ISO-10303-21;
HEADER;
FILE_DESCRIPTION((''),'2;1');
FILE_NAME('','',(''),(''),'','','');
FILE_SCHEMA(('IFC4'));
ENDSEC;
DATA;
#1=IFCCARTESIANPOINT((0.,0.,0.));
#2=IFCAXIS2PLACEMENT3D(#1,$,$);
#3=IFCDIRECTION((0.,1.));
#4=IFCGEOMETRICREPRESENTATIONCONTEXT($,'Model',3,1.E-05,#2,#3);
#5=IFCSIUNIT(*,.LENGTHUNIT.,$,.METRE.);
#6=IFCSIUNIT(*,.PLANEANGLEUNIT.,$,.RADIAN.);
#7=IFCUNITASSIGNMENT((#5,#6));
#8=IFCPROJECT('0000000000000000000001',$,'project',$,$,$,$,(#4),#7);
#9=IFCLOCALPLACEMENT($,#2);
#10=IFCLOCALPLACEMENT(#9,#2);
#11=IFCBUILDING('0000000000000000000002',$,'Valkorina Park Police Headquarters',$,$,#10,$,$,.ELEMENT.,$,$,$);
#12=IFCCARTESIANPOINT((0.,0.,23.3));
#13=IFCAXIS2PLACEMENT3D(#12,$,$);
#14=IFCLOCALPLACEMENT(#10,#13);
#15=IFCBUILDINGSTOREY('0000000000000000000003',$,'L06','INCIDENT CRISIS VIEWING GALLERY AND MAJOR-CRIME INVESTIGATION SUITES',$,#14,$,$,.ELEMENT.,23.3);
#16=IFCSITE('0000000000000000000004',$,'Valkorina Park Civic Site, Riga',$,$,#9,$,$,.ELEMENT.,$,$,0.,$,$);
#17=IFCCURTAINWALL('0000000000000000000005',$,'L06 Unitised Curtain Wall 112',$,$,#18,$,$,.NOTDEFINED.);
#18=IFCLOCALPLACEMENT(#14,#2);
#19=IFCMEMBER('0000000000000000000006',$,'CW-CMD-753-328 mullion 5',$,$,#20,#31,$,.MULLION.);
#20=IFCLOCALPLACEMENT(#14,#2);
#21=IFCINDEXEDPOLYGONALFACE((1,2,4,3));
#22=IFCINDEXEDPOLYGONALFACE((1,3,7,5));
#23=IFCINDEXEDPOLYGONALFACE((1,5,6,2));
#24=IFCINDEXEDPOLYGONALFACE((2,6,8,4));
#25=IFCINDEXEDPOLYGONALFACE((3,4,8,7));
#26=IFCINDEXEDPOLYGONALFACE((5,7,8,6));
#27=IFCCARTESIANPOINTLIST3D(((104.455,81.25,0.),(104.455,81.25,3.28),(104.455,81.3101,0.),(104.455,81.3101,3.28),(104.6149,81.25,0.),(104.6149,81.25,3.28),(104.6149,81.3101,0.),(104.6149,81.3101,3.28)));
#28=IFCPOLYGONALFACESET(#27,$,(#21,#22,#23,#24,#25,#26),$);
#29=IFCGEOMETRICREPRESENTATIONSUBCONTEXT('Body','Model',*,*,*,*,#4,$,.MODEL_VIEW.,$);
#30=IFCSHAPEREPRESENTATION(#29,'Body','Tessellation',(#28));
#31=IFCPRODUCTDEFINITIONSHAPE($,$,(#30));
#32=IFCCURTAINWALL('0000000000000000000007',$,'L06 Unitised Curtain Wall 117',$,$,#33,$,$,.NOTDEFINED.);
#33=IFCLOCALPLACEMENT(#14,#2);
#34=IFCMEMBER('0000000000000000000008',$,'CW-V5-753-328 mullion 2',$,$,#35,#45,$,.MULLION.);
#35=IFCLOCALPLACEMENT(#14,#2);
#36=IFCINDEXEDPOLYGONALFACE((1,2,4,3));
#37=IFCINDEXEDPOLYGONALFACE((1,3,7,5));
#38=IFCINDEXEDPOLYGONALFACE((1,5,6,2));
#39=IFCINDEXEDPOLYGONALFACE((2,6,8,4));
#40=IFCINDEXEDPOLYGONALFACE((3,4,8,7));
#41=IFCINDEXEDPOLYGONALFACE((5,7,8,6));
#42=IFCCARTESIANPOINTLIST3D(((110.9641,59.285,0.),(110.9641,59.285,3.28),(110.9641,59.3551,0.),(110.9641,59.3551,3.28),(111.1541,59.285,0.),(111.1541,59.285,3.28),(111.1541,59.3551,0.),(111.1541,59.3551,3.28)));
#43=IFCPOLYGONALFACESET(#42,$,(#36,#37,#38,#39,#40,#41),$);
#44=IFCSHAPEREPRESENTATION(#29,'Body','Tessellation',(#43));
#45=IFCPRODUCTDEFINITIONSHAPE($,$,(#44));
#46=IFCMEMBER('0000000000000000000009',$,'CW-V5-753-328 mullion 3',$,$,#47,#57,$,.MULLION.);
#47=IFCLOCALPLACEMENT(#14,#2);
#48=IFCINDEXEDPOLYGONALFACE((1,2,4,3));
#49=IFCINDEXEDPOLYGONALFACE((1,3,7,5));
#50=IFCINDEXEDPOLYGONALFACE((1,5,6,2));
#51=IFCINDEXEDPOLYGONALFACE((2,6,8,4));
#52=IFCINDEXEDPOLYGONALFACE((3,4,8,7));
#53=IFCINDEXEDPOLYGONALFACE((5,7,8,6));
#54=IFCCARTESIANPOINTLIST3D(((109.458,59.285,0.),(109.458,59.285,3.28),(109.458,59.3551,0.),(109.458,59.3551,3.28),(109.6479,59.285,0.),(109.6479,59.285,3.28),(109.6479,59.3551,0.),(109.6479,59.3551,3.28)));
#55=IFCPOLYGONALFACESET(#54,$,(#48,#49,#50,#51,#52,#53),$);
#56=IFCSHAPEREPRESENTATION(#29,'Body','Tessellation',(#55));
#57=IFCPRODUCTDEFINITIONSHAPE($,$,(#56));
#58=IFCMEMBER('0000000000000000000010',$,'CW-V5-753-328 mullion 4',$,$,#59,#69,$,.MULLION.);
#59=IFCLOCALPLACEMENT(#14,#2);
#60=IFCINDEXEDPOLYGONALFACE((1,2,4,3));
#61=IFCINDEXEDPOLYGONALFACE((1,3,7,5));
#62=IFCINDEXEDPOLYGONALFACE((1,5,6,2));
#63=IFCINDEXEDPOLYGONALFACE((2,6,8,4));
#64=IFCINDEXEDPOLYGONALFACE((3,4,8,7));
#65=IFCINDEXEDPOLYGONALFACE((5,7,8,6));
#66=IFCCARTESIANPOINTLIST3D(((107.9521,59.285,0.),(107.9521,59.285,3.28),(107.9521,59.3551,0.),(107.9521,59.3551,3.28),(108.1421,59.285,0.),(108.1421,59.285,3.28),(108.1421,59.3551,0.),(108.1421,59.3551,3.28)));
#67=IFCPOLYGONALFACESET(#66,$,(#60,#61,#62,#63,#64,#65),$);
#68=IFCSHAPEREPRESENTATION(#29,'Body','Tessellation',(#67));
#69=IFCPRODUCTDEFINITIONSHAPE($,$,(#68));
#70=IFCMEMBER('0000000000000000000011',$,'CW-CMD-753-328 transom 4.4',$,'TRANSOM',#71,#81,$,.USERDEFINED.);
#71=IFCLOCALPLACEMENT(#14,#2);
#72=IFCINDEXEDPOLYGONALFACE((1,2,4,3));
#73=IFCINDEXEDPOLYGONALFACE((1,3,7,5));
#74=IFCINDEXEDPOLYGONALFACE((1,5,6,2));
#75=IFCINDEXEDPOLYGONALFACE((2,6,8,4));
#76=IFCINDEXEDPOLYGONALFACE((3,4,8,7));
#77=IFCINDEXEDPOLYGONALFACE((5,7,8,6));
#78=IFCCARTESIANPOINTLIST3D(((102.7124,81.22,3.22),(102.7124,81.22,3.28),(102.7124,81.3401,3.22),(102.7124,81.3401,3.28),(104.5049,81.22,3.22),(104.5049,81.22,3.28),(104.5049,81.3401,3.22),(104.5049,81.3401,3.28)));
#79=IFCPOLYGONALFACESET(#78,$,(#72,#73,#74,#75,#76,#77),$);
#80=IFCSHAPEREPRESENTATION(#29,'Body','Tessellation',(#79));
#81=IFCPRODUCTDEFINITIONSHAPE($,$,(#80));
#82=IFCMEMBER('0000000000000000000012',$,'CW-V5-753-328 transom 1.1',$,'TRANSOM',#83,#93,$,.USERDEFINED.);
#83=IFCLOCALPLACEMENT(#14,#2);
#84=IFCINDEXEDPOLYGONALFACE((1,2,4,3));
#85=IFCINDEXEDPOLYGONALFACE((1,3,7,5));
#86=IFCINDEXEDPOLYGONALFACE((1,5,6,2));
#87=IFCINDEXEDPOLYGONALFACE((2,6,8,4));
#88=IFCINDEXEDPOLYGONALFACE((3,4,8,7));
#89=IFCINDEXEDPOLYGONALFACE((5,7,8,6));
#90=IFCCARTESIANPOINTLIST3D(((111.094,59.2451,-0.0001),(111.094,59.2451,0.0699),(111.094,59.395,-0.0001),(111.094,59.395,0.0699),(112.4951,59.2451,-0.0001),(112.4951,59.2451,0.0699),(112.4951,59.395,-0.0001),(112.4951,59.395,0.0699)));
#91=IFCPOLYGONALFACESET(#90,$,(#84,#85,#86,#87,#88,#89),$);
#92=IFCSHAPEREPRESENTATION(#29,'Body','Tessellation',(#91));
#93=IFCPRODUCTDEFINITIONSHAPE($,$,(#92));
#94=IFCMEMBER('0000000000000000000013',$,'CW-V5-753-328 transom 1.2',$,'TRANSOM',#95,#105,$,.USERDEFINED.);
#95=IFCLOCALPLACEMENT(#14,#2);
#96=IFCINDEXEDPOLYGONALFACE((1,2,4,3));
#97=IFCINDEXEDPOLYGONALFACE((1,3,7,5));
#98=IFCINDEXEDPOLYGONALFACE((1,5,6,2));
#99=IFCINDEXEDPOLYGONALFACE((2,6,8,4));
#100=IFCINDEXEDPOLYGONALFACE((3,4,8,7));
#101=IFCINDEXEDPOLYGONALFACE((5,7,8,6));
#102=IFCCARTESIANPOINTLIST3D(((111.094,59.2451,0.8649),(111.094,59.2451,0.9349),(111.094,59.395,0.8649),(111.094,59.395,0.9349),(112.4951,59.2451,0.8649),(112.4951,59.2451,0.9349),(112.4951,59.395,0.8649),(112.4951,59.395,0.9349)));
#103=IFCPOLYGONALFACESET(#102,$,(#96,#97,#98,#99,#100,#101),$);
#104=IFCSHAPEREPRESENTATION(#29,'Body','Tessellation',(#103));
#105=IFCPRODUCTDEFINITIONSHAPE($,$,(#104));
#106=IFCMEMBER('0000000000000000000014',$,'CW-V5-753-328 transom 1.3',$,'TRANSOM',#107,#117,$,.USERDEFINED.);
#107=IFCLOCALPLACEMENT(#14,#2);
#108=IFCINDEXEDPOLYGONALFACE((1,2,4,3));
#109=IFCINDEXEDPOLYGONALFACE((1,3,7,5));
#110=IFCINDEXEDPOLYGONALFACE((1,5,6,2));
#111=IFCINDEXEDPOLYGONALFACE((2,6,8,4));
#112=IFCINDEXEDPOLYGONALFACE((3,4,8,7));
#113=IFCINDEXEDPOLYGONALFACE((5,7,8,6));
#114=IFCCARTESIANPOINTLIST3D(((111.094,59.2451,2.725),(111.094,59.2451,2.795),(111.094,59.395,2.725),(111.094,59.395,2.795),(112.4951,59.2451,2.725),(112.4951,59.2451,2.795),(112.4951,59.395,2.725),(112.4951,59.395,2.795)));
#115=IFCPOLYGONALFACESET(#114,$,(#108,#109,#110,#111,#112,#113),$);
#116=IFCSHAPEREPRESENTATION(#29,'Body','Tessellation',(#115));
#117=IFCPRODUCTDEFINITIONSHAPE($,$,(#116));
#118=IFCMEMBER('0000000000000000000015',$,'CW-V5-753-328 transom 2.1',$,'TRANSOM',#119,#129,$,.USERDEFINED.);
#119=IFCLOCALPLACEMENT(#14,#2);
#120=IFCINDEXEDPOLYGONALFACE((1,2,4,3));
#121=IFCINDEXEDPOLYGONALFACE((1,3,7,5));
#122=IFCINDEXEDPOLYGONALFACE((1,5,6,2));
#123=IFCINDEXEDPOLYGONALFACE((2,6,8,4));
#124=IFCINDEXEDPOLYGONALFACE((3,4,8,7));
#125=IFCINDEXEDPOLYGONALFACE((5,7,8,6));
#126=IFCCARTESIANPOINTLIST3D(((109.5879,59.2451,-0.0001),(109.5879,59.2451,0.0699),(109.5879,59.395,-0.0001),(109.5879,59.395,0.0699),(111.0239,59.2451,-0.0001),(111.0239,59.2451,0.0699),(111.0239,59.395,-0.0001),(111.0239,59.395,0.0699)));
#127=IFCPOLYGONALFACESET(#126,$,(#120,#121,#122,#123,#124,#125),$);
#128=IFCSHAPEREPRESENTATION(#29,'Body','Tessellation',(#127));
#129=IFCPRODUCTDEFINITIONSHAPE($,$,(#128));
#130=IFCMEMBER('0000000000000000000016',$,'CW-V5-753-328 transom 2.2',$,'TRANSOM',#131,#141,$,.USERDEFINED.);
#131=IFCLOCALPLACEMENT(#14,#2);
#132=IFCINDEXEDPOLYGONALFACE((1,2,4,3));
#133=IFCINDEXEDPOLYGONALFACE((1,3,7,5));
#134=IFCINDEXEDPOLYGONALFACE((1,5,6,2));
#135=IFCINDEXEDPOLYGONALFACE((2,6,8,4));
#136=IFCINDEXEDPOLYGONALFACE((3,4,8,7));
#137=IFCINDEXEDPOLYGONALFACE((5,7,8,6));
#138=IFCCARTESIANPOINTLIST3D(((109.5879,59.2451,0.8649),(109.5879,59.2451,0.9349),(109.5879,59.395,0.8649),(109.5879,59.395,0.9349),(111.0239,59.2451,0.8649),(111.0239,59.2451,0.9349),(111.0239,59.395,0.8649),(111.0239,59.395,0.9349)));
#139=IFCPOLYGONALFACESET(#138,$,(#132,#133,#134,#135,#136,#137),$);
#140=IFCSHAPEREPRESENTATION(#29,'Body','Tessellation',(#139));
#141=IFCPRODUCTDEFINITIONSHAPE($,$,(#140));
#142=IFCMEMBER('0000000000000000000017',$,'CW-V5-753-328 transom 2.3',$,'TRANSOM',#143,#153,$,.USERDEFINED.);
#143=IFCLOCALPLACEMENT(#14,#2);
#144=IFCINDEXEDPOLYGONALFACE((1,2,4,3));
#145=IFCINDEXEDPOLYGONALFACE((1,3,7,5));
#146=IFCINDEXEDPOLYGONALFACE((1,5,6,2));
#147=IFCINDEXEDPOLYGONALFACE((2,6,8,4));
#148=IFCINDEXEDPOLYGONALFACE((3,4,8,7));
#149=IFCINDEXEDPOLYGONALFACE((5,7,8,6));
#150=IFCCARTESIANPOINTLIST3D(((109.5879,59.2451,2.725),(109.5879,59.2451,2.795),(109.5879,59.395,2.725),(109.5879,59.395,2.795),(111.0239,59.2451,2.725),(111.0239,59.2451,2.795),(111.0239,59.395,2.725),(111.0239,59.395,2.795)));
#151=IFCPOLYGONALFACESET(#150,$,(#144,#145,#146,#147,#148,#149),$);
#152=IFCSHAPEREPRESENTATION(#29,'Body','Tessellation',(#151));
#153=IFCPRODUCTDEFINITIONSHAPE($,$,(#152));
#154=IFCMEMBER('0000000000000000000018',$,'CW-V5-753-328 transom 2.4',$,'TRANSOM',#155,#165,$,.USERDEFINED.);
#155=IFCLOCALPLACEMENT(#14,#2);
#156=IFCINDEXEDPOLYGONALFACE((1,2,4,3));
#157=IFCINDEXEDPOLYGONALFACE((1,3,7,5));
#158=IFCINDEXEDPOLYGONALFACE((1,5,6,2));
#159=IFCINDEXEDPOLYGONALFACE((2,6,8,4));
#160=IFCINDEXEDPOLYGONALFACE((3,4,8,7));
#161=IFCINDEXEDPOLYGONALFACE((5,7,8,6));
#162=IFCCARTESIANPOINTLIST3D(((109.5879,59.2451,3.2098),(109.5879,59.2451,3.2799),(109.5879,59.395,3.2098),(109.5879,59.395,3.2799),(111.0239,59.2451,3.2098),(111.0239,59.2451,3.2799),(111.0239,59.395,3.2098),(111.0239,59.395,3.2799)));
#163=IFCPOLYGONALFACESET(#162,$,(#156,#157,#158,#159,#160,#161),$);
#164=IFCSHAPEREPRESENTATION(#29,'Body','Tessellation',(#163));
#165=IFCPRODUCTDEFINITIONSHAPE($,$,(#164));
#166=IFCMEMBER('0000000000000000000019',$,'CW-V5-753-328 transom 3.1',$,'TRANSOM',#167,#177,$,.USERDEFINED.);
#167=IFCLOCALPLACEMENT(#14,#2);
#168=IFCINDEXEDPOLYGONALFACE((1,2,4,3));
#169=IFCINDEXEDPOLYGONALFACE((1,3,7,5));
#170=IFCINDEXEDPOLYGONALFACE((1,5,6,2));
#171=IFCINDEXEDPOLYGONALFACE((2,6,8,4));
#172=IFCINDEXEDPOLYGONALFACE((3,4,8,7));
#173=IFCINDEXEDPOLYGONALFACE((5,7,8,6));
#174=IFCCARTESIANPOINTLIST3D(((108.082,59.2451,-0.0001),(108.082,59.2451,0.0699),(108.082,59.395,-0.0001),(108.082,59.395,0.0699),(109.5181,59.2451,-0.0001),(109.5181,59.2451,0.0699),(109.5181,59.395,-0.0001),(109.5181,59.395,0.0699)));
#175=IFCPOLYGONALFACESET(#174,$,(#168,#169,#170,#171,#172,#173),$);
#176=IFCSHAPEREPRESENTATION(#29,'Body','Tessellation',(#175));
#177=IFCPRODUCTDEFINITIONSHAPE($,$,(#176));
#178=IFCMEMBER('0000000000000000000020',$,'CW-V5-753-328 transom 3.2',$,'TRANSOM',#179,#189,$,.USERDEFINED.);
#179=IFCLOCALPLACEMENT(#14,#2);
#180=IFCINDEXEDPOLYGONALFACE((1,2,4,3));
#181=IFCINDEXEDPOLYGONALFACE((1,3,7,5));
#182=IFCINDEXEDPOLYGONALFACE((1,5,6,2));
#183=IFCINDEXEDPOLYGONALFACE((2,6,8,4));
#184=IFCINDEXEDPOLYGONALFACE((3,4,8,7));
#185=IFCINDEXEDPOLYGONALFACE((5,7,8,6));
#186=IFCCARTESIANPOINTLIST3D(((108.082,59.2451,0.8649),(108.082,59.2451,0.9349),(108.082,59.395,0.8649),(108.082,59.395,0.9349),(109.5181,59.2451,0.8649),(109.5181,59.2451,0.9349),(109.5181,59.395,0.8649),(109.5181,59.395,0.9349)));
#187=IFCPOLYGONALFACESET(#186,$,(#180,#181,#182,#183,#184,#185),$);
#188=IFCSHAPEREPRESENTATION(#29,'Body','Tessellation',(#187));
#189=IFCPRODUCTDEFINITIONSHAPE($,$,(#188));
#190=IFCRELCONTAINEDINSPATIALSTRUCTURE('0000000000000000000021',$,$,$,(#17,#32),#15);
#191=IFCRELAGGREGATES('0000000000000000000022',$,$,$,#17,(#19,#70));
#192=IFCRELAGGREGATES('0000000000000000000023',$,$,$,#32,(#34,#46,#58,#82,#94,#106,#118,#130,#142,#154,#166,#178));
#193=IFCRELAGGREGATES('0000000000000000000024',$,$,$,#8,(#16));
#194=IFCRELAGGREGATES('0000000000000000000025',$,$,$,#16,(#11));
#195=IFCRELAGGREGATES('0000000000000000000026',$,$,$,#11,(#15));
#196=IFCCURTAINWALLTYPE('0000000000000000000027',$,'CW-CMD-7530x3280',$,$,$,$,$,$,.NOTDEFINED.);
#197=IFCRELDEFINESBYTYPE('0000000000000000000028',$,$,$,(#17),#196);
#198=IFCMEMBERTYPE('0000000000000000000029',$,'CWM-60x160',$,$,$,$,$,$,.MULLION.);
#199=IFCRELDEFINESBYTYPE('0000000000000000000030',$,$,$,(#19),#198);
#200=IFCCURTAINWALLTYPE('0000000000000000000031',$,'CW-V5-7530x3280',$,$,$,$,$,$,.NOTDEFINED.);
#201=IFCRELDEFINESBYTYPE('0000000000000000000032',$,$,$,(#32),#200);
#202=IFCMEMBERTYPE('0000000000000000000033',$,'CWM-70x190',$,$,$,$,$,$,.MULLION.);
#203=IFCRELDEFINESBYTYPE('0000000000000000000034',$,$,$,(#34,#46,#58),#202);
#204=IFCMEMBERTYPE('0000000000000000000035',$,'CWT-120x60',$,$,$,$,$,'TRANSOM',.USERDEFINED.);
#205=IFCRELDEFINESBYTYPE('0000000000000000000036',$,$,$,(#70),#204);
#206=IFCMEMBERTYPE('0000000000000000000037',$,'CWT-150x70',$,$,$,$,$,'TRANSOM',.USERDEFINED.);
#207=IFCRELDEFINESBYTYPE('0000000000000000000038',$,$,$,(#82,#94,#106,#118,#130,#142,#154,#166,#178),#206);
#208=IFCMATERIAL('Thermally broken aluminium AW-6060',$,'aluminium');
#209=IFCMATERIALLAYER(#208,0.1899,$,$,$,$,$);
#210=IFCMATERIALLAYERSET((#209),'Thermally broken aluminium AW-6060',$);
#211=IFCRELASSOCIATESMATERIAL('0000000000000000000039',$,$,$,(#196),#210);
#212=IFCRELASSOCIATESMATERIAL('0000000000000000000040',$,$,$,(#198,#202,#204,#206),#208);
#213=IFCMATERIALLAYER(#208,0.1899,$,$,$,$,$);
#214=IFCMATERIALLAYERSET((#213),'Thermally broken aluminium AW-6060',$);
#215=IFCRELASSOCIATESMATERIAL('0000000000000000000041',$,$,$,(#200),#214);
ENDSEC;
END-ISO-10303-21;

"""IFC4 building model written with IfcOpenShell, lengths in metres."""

from ifc_helpers import new_model, si_unit, direction, frame, origin, origin_2d, place, context, subcontext, project, spatial, rectangle, extrude, material, layer, layer_set, material_profile, profile_set, type_object, element, aggregate, save


model = new_model("IFC4")

# Units and contexts
model_context = context("Model", 3, precision=1e-05, world=origin(), true_north=direction((0.0, 1.0)))
body_context = subcontext(model_context, "Body", "Model", "MODEL_VIEW")
ifc_project = project(units=[si_unit("LENGTHUNIT", "METRE"), si_unit("PLANEANGLEUNIT", "RADIAN")], contexts=[model_context])

# Site, building, storey
site_placement = place(None, origin())
site = spatial("IfcSite", under=ifc_project, at=site_placement, Name="Valkorina Park Civic Site, Riga", CompositionType="ELEMENT", RefElevation=0.0)
building_placement = place(site_placement, origin())
building = spatial("IfcBuilding", under=site, at=building_placement, Name="Valkorina Park Police Headquarters", CompositionType="ELEMENT")
storey_placement = place(building_placement, frame((0.0, 0.0, 23.3)))
storey = spatial("IfcBuildingStorey", under=building, at=storey_placement, Name="L06", Description="INCIDENT CRISIS VIEWING GALLERY AND MAJOR-CRIME INVESTIGATION SUITES", CompositionType="ELEMENT", Elevation=23.3)

# Curtain wall, member
ifc_material_1 = material(Name="Thermally broken aluminium AW-6060", Category="aluminium")
ifc_layer_1 = layer(ifc_material_1, 0.1899)
ifc_layer_set_1 = layer_set([ifc_layer_1], Name="Thermally broken aluminium AW-6060")
curtain_wall_type_1 = type_object("IfcCurtainWallType", Name="CW-CMD-7530x3280", PredefinedType="NOTDEFINED", material=ifc_layer_set_1)
curtain_wall_1_placement = place(storey_placement, origin())
curtain_wall_1 = element("IfcCurtainWall", 1, at=curtain_wall_1_placement, inside=storey, type_object=curtain_wall_type_1, Name="L06 Unitised Curtain Wall 112", PredefinedType="NOTDEFINED")
ifc_material_profile_1 = material_profile(ifc_material_1, rectangle(XDim=0.0601, YDim=0.1599, at=origin_2d()), Name="CWM-01 60x160")
ifc_profile_set_1 = profile_set([ifc_material_profile_1], Name="Thermally broken aluminium AW-6060")
member_type_1 = type_object("IfcMemberType", Name="CWM-60x160", PredefinedType="MULLION", material=ifc_profile_set_1)
member_1_placement = place(storey_placement, frame((104.5349, 81.28, 0.0), z_axis=(0.0, 0.0, 1.0), x_axis=(0.0, 1.0, 0.0)))
member_1 = element("IfcMember", 2, at=member_1_placement, type_object=member_type_1, Name="CW-CMD-753-328 mullion 5", PredefinedType="MULLION", context=body_context, shape_type="SweptSolid", body=[
    extrude(rectangle(XDim=0.0601, YDim=0.1599, at=origin_2d()), origin(), (0.0, 0.0, 1.0), 3.28),
])

# Curtain wall, members
ifc_layer_2 = layer(ifc_material_1, 0.1899)
ifc_layer_set_2 = layer_set([ifc_layer_2], Name="Thermally broken aluminium AW-6060")
curtain_wall_type_2 = type_object("IfcCurtainWallType", Name="CW-V5-7530x3280", PredefinedType="NOTDEFINED", material=ifc_layer_set_2)
curtain_wall_2_placement = place(storey_placement, origin())
curtain_wall_2 = element("IfcCurtainWall", 3, at=curtain_wall_2_placement, inside=storey, type_object=curtain_wall_type_2, Name="L06 Unitised Curtain Wall 117", PredefinedType="NOTDEFINED")
ifc_material_profile_2 = material_profile(ifc_material_1, rectangle(XDim=0.0701, YDim=0.1899, at=origin_2d()), Name="CWM-02 70x190")
ifc_profile_set_2 = profile_set([ifc_material_profile_2], Name="Thermally broken aluminium AW-6060")
member_type_2 = type_object("IfcMemberType", Name="CWM-70x190", PredefinedType="MULLION", material=ifc_profile_set_2)
member_2_placement = place(storey_placement, frame((111.0591, 59.3201, 0.0), z_axis=(0.0, 0.0, 1.0), x_axis=(0.0, -1.0, 0.0)))
member_2 = element("IfcMember", 4, at=member_2_placement, type_object=member_type_2, Name="CW-V5-753-328 mullion 2", PredefinedType="MULLION", context=body_context, shape_type="SweptSolid", body=[
    extrude(rectangle(XDim=0.0701, YDim=0.1899, at=origin_2d()), origin(), (0.0, 0.0, 1.0), 3.28),
])
member_3_placement = place(storey_placement, frame((109.553, 59.3201, 0.0), z_axis=(0.0, 0.0, 1.0), x_axis=(0.0, -1.0, 0.0)))
member_3 = element("IfcMember", 5, at=member_3_placement, type_object=member_type_2, Name="CW-V5-753-328 mullion 3", PredefinedType="MULLION", context=body_context, shape_type="SweptSolid", body=[
    extrude(rectangle(XDim=0.0701, YDim=0.1899, at=origin_2d()), origin(), (0.0, 0.0, 1.0), 3.28),
])
member_4_placement = place(storey_placement, frame((108.0471, 59.3201, 0.0), z_axis=(0.0, 0.0, 1.0), x_axis=(0.0, -1.0, 0.0)))
member_4 = element("IfcMember", 6, at=member_4_placement, type_object=member_type_2, Name="CW-V5-753-328 mullion 4", PredefinedType="MULLION", context=body_context, shape_type="SweptSolid", body=[
    extrude(rectangle(XDim=0.0701, YDim=0.1899, at=origin_2d()), origin(), (0.0, 0.0, 1.0), 3.28),
])

# Members
ifc_material_profile_3 = material_profile(ifc_material_1, rectangle(XDim=0.1201, YDim=0.0601, at=origin_2d()), Name="CWT-01 120x60")
ifc_profile_set_3 = profile_set([ifc_material_profile_3], Name="Thermally broken aluminium AW-6060")
member_type_3 = type_object("IfcMemberType", Name="CWT-120x60", ElementType="TRANSOM", PredefinedType="USERDEFINED", material=ifc_profile_set_3)
member_5_placement = place(storey_placement, frame((102.7124, 81.28, 3.25), z_axis=(1.0, 0.0, 0.0), x_axis=(0.0, 1.0, 0.0)))
member_5 = element("IfcMember", 7, at=member_5_placement, type_object=member_type_3, Name="CW-CMD-753-328 transom 4.4", ObjectType="TRANSOM", PredefinedType="USERDEFINED", context=body_context, shape_type="SweptSolid", body=[
    extrude(rectangle(XDim=0.1201, YDim=0.0601, at=origin_2d()), origin(), (0.0, 0.0, 1.0), 1.7925),
])
ifc_material_profile_4 = material_profile(ifc_material_1, rectangle(XDim=0.1499, YDim=0.0701, at=origin_2d()), Name="CWT-02 150x70")
ifc_profile_set_4 = profile_set([ifc_material_profile_4], Name="Thermally broken aluminium AW-6060")
member_type_4 = type_object("IfcMemberType", Name="CWT-150x70", ElementType="TRANSOM", PredefinedType="USERDEFINED", material=ifc_profile_set_4)
member_6_placement = place(storey_placement, frame((112.4951, 59.3201, 0.0349), z_axis=(-1.0, 0.0, 0.0), x_axis=(0.0, -1.0, 0.0)))
member_6 = element("IfcMember", 8, at=member_6_placement, type_object=member_type_4, Name="CW-V5-753-328 transom 1.1", ObjectType="TRANSOM", PredefinedType="USERDEFINED", context=body_context, shape_type="SweptSolid", body=[
    extrude(rectangle(XDim=0.1499, YDim=0.0701, at=origin_2d()), origin(), (0.0, 0.0, 1.0), 1.4011),
])
member_7_placement = place(storey_placement, frame((112.4951, 59.3201, 0.8999), z_axis=(-1.0, 0.0, 0.0), x_axis=(0.0, -1.0, 0.0)))
member_7 = element("IfcMember", 9, at=member_7_placement, type_object=member_type_4, Name="CW-V5-753-328 transom 1.2", ObjectType="TRANSOM", PredefinedType="USERDEFINED", context=body_context, shape_type="SweptSolid", body=[
    extrude(rectangle(XDim=0.1499, YDim=0.0701, at=origin_2d()), origin(), (0.0, 0.0, 1.0), 1.4011),
])
member_8_placement = place(storey_placement, frame((112.4951, 59.3201, 2.76), z_axis=(-1.0, 0.0, 0.0), x_axis=(0.0, -1.0, 0.0)))
member_8 = element("IfcMember", 10, at=member_8_placement, type_object=member_type_4, Name="CW-V5-753-328 transom 1.3", ObjectType="TRANSOM", PredefinedType="USERDEFINED", context=body_context, shape_type="SweptSolid", body=[
    extrude(rectangle(XDim=0.1499, YDim=0.0701, at=origin_2d()), origin(), (0.0, 0.0, 1.0), 1.4011),
])
member_9_placement = place(storey_placement, frame((111.0239, 59.3201, 0.0349), z_axis=(-1.0, 0.0, 0.0), x_axis=(0.0, -1.0, 0.0)))
member_9 = element("IfcMember", 11, at=member_9_placement, type_object=member_type_4, Name="CW-V5-753-328 transom 2.1", ObjectType="TRANSOM", PredefinedType="USERDEFINED", context=body_context, shape_type="SweptSolid", body=[
    extrude(rectangle(XDim=0.1499, YDim=0.0701, at=origin_2d()), origin(), (0.0, 0.0, 1.0), 1.436),
])
member_10_placement = place(storey_placement, frame((111.0239, 59.3201, 0.8999), z_axis=(-1.0, 0.0, 0.0), x_axis=(0.0, -1.0, 0.0)))
member_10 = element("IfcMember", 12, at=member_10_placement, type_object=member_type_4, Name="CW-V5-753-328 transom 2.2", ObjectType="TRANSOM", PredefinedType="USERDEFINED", context=body_context, shape_type="SweptSolid", body=[
    extrude(rectangle(XDim=0.1499, YDim=0.0701, at=origin_2d()), origin(), (0.0, 0.0, 1.0), 1.436),
])
member_11_placement = place(storey_placement, frame((111.0239, 59.3201, 2.76), z_axis=(-1.0, 0.0, 0.0), x_axis=(0.0, -1.0, 0.0)))
member_11 = element("IfcMember", 13, at=member_11_placement, type_object=member_type_4, Name="CW-V5-753-328 transom 2.3", ObjectType="TRANSOM", PredefinedType="USERDEFINED", context=body_context, shape_type="SweptSolid", body=[
    extrude(rectangle(XDim=0.1499, YDim=0.0701, at=origin_2d()), origin(), (0.0, 0.0, 1.0), 1.436),
])
member_12_placement = place(storey_placement, frame((111.0239, 59.3201, 3.2449), z_axis=(-1.0, 0.0, 0.0), x_axis=(0.0, -1.0, 0.0)))
member_12 = element("IfcMember", 14, at=member_12_placement, type_object=member_type_4, Name="CW-V5-753-328 transom 2.4", ObjectType="TRANSOM", PredefinedType="USERDEFINED", context=body_context, shape_type="SweptSolid", body=[
    extrude(rectangle(XDim=0.1499, YDim=0.0701, at=origin_2d()), origin(), (0.0, 0.0, 1.0), 1.436),
])
member_13_placement = place(storey_placement, frame((109.5181, 59.3201, 0.0349), z_axis=(-1.0, 0.0, 0.0), x_axis=(0.0, -1.0, 0.0)))
member_13 = element("IfcMember", 15, at=member_13_placement, type_object=member_type_4, Name="CW-V5-753-328 transom 3.1", ObjectType="TRANSOM", PredefinedType="USERDEFINED", context=body_context, shape_type="SweptSolid", body=[
    extrude(rectangle(XDim=0.1499, YDim=0.0701, at=origin_2d()), origin(), (0.0, 0.0, 1.0), 1.436),
])
member_14_placement = place(storey_placement, frame((109.5181, 59.3201, 0.8999), z_axis=(-1.0, 0.0, 0.0), x_axis=(0.0, -1.0, 0.0)))
member_14 = element("IfcMember", 16, at=member_14_placement, type_object=member_type_4, Name="CW-V5-753-328 transom 3.2", ObjectType="TRANSOM", PredefinedType="USERDEFINED", context=body_context, shape_type="SweptSolid", body=[
    extrude(rectangle(XDim=0.1499, YDim=0.0701, at=origin_2d()), origin(), (0.0, 0.0, 1.0), 1.436),
])

aggregate(curtain_wall_1, [member_1, member_5])
aggregate(curtain_wall_2, [member_2, member_3, member_4, member_6, member_7, member_8, member_9, member_10, member_11, member_12, member_13, member_14])

save(model, "model.ifc")
